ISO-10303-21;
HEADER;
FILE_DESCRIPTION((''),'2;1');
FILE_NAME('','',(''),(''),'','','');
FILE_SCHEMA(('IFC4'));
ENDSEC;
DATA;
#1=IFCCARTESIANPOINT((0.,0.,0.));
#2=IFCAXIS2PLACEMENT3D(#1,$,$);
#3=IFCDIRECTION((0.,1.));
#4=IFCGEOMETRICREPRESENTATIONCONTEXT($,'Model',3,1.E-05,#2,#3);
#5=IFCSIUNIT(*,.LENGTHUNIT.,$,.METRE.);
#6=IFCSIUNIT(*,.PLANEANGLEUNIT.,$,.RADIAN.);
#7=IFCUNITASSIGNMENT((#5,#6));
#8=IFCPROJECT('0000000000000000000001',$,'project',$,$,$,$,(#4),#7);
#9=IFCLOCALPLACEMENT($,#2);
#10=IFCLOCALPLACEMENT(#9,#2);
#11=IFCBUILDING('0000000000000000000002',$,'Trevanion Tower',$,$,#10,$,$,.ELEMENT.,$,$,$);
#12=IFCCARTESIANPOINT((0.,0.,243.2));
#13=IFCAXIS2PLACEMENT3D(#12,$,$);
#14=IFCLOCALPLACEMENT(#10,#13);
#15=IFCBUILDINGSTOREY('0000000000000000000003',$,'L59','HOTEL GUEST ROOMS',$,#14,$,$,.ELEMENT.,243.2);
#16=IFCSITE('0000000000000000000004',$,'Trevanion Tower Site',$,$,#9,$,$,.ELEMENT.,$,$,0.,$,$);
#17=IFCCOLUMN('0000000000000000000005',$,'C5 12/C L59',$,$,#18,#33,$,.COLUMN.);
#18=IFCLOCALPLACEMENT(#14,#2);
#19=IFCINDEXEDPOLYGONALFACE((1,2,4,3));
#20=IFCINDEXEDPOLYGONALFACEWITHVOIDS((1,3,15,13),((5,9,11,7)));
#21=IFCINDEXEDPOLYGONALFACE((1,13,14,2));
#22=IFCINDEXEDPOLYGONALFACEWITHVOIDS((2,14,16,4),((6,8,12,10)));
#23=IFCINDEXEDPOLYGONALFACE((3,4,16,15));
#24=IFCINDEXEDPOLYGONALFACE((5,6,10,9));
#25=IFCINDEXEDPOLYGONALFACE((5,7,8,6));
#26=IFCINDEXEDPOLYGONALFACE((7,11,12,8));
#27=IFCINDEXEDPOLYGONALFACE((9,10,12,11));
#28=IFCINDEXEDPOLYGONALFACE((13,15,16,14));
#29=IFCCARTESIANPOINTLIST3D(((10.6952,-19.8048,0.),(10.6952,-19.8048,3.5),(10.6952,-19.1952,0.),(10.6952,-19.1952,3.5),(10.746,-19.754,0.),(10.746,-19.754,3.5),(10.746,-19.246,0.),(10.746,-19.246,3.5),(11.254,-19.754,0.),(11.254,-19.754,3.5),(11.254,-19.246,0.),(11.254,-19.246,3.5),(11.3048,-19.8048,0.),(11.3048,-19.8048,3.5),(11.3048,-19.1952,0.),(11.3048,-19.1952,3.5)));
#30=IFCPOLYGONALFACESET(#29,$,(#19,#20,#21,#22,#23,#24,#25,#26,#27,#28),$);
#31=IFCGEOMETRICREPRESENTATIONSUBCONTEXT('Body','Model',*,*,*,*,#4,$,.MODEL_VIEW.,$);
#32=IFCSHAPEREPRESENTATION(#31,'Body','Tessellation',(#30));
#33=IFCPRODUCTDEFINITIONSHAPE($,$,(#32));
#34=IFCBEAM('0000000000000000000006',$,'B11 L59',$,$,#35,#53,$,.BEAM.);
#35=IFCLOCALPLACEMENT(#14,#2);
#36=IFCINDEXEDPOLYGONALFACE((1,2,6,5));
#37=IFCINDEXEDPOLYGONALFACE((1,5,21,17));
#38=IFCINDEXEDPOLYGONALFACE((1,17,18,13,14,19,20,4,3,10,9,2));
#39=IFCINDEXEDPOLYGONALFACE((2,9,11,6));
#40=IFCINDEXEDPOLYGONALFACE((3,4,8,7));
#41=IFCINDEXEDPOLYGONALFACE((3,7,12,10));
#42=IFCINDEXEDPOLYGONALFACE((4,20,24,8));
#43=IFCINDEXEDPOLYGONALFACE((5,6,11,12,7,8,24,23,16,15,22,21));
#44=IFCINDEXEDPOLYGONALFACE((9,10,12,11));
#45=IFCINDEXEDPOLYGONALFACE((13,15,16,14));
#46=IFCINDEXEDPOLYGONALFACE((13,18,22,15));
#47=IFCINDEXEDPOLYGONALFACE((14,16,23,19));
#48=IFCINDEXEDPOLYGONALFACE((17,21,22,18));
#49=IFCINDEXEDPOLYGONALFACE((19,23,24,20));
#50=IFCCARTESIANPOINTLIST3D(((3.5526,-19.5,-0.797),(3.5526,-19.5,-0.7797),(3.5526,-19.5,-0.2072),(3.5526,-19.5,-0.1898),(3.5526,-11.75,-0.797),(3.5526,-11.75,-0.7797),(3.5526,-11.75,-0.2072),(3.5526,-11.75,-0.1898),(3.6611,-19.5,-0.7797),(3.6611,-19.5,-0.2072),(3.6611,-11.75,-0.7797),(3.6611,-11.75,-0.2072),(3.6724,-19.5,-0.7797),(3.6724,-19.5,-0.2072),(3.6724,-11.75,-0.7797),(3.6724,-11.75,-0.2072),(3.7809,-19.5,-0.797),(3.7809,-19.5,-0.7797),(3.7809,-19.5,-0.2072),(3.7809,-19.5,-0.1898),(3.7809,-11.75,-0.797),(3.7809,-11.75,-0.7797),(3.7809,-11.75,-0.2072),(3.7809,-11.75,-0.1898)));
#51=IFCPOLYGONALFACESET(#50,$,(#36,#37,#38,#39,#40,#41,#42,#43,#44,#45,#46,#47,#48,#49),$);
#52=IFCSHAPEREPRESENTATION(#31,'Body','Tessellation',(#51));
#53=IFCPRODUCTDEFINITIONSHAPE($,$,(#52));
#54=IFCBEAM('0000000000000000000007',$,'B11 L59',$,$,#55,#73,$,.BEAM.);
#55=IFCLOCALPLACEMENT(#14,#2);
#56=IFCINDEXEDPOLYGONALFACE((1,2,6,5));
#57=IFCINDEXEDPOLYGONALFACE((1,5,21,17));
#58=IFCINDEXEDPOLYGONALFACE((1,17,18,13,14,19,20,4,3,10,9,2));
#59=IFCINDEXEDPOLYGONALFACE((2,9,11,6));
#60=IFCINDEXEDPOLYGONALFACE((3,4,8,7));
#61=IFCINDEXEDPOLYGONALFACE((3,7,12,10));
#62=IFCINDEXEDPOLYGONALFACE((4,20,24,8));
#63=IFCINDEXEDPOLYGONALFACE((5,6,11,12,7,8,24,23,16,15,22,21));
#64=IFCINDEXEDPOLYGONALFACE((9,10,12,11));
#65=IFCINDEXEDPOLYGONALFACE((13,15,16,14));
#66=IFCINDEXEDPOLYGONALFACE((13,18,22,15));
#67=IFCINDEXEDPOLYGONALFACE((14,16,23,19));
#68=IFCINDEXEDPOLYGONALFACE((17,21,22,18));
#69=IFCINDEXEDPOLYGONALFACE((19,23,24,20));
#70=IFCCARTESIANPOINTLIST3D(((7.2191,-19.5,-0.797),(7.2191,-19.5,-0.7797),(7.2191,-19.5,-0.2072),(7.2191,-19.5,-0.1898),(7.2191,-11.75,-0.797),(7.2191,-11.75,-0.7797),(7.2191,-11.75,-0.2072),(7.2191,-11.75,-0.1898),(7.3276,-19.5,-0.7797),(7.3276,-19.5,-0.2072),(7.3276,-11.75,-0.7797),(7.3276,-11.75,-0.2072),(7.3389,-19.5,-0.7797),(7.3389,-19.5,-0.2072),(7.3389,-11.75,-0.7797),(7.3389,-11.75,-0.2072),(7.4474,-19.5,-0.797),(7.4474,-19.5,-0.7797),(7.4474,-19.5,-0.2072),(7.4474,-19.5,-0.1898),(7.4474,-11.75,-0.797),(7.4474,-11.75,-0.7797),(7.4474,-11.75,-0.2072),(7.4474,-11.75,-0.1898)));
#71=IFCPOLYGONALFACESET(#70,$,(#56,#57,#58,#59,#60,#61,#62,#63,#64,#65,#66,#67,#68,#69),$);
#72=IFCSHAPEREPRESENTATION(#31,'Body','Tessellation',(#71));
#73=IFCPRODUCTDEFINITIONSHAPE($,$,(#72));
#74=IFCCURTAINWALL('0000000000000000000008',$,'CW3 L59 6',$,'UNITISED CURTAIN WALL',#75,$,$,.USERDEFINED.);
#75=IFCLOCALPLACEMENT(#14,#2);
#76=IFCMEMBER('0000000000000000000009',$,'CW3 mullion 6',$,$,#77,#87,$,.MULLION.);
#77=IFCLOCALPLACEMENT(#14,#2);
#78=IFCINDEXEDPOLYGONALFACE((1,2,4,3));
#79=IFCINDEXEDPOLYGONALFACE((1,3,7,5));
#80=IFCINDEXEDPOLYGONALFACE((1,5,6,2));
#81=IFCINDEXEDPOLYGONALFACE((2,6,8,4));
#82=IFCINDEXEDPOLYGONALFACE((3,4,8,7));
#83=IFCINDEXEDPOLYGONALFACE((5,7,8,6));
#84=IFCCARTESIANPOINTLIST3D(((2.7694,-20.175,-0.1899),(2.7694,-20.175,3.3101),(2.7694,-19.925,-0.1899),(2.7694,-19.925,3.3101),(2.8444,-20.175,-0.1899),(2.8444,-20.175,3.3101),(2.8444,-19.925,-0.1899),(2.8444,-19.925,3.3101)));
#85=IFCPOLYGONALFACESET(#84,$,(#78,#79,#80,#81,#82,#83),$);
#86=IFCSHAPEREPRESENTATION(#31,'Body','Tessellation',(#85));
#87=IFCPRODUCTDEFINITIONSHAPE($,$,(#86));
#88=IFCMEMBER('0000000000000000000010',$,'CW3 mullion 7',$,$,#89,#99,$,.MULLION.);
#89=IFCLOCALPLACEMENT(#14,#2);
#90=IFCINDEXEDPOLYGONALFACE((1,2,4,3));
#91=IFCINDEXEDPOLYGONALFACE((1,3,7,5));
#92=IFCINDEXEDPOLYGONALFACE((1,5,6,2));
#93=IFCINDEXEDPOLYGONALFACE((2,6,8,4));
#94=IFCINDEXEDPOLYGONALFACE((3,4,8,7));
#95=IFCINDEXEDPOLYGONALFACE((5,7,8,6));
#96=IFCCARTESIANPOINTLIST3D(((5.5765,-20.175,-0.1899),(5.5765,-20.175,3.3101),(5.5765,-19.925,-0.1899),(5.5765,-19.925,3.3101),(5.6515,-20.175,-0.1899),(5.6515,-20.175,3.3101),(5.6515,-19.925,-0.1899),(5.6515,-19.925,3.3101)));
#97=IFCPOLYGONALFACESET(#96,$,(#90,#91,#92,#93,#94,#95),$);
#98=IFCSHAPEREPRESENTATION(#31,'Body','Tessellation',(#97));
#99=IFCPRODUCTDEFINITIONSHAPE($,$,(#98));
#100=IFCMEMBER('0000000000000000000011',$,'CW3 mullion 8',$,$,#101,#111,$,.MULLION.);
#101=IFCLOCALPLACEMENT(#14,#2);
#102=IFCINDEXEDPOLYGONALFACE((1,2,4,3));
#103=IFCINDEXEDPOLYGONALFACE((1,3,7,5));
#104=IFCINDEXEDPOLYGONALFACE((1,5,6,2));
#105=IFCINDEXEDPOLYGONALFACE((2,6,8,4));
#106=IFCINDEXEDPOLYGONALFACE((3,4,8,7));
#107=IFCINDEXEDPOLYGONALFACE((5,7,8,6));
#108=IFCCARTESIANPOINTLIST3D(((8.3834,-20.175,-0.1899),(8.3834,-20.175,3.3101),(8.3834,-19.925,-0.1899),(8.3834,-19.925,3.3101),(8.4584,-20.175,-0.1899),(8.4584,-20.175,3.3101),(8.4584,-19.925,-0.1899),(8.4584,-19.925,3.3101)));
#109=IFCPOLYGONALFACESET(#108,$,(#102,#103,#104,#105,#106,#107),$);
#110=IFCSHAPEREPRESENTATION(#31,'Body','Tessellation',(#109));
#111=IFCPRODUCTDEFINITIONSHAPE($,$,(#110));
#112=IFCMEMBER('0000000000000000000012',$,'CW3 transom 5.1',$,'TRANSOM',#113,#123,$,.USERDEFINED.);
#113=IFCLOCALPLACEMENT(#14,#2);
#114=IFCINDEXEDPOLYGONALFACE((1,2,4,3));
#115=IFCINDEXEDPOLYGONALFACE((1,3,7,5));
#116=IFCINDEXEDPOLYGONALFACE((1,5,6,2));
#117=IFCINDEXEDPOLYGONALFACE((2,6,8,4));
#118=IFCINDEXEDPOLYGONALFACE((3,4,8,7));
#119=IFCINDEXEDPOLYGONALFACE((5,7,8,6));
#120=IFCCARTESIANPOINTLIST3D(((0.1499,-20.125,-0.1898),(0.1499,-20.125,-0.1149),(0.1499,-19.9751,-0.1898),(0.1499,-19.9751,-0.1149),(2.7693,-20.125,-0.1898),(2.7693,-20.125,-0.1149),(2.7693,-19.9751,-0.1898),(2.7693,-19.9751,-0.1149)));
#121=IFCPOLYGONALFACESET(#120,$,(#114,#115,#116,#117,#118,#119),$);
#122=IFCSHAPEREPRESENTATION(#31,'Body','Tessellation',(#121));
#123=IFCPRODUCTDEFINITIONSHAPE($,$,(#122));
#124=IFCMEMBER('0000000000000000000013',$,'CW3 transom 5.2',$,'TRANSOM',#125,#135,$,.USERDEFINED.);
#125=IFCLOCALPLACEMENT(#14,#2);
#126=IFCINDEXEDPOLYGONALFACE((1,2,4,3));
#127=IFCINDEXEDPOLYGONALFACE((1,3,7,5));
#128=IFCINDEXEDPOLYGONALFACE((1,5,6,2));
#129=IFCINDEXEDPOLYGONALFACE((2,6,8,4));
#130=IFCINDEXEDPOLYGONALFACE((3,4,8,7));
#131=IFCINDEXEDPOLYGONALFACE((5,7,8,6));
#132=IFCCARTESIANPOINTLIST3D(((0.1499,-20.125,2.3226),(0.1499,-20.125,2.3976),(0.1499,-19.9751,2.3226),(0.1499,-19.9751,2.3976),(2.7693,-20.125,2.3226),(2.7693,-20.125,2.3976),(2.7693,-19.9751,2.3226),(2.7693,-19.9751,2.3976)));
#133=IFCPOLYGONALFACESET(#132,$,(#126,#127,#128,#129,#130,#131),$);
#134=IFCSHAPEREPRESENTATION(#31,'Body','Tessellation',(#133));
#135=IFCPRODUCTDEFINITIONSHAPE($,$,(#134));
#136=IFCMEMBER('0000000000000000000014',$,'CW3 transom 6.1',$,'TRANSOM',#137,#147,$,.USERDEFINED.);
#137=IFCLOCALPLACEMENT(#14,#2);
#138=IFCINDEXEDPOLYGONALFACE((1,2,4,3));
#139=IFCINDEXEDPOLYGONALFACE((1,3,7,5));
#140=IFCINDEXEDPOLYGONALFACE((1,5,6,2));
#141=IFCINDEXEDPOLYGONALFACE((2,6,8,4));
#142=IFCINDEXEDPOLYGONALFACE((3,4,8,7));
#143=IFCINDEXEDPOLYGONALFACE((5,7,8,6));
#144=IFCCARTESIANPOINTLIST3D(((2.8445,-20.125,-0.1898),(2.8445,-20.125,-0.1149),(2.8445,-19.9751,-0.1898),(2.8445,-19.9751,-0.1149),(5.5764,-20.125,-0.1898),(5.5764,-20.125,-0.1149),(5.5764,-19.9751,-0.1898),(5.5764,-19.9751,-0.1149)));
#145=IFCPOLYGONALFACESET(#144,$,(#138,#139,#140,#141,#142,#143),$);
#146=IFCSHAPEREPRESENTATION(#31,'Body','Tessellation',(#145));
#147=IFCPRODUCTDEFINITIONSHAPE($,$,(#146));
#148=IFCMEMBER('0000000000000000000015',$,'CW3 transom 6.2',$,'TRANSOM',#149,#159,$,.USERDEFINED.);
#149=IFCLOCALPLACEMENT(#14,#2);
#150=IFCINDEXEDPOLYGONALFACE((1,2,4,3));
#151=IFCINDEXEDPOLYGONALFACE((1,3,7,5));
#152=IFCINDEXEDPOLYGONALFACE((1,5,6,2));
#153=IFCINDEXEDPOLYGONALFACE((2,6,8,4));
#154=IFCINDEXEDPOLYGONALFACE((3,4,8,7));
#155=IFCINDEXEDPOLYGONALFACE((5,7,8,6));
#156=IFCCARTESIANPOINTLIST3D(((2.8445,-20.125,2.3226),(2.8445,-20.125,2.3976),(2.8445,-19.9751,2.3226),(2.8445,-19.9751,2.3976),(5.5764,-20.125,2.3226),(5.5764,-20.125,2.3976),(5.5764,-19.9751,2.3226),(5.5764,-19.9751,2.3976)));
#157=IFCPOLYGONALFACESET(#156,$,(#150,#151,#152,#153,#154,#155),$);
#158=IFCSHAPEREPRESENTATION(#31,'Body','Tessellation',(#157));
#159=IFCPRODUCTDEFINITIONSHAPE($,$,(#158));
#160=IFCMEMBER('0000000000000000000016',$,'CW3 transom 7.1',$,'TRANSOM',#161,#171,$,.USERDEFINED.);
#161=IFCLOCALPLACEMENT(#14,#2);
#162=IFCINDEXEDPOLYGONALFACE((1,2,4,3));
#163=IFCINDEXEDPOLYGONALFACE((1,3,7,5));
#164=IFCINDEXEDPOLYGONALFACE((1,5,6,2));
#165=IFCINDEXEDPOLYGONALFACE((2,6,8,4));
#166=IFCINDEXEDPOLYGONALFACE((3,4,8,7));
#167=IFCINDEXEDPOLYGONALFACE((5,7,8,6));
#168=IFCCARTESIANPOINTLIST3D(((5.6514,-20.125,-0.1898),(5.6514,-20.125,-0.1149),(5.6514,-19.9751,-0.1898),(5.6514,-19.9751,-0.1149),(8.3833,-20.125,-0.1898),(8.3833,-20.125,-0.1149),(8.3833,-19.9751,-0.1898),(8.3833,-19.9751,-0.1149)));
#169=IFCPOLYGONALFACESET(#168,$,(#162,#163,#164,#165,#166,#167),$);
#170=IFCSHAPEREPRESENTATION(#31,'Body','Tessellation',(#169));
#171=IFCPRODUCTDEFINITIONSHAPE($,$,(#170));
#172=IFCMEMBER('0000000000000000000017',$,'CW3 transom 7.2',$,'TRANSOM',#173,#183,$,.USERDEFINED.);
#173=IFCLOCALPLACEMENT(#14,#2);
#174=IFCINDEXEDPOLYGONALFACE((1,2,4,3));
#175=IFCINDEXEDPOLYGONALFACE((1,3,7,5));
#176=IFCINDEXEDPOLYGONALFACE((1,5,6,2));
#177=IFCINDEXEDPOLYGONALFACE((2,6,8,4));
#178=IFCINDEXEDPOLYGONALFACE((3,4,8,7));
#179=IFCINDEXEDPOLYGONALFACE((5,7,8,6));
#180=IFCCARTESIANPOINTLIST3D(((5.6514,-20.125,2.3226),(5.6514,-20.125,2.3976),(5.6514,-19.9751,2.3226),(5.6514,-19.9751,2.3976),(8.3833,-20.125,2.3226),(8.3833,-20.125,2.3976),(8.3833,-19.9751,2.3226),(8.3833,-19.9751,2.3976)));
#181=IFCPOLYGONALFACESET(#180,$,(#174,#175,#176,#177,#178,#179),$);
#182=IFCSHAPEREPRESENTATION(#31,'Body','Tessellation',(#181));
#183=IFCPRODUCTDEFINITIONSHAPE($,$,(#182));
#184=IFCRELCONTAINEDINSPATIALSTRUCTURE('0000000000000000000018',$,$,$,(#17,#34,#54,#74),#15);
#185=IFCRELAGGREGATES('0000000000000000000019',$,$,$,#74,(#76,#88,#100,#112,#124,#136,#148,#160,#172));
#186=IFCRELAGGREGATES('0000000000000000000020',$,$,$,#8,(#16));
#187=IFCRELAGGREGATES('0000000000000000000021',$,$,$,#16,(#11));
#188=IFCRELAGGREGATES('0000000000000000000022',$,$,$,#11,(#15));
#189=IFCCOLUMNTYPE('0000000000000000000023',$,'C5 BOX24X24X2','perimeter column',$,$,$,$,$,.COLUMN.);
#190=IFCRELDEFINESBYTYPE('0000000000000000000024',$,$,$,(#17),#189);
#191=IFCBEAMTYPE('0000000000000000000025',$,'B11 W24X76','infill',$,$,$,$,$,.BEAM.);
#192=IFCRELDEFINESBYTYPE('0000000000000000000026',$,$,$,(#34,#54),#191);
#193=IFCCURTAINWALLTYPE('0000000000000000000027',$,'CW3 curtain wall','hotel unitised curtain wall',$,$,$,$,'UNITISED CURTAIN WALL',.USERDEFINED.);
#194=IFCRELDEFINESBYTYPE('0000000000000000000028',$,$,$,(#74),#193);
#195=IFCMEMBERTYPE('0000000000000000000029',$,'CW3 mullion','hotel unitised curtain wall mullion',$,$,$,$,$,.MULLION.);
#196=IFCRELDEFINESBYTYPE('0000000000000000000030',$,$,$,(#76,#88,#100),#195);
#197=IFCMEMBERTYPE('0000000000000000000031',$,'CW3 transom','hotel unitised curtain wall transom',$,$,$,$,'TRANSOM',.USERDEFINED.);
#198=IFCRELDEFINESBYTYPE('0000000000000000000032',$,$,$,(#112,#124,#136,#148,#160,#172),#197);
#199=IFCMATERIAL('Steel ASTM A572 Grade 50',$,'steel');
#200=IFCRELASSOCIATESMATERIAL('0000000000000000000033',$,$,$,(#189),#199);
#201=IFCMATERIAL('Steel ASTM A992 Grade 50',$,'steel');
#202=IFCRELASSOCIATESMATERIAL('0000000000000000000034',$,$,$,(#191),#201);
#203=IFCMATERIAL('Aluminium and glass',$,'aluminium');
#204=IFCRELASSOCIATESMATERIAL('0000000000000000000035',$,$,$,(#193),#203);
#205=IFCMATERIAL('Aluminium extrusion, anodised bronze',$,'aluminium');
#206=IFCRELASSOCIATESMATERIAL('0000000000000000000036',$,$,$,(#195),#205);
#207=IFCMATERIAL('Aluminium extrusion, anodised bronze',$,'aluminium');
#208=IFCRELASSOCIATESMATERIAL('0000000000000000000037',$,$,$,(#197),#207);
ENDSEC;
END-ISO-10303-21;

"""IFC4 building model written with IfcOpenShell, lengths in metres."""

from ifc_helpers import new_model, si_unit, direction, frame, origin, origin_2d, place, context, subcontext, project, spatial, rectangle, hollow_rectangle, i_section, extrude, material, material_profile, profile_set, type_object, element, aggregate, save


model = new_model("IFC4")

# Units and contexts
model_context = context("Model", 3, precision=1e-05, world=origin(), true_north=direction((0.0, 1.0)))
body_context = subcontext(model_context, "Body", "Model", "MODEL_VIEW")
ifc_project = project(units=[si_unit("LENGTHUNIT", "METRE"), si_unit("PLANEANGLEUNIT", "RADIAN")], contexts=[model_context])

# Site, building, storey
site_placement = place(None, origin())
site = spatial("IfcSite", under=ifc_project, at=site_placement, Name="Trevanion Tower Site", CompositionType="ELEMENT", RefElevation=0.0)
building_placement = place(site_placement, origin())
building = spatial("IfcBuilding", under=site, at=building_placement, Name="Trevanion Tower", CompositionType="ELEMENT")
storey_placement = place(building_placement, frame((0.0, 0.0, 243.2)))
storey = spatial("IfcBuildingStorey", under=building, at=storey_placement, Name="L59", Description="HOTEL GUEST ROOMS", CompositionType="ELEMENT", Elevation=243.2)

# Column
ifc_material_1 = material(Name="Steel ASTM A572 Grade 50", Category="steel")
ifc_material_profile_1 = material_profile(ifc_material_1, hollow_rectangle(XDim=0.6096, YDim=0.6096, WallThickness=0.0508, at=origin_2d()), Name="BOX24X24X2")
ifc_profile_set_1 = profile_set([ifc_material_profile_1], Name="Steel ASTM A572 Grade 50")
column_type = type_object("IfcColumnType", Name="C5 BOX24X24X2", Description="perimeter column", PredefinedType="COLUMN", material=ifc_profile_set_1)
column_placement = place(storey_placement, frame((11.0, -19.5, 0.0), z_axis=(0.0, 0.0, 1.0), x_axis=(1.0, 0.0, 0.0)))
element("IfcColumn", 1, at=column_placement, inside=storey, type_object=column_type, Name="C5 12/C L59", PredefinedType="COLUMN", context=body_context, shape_type="SweptSolid", body=[
    extrude(hollow_rectangle(XDim=0.6096, YDim=0.6096, WallThickness=0.0508, at=origin_2d()), origin(), (0.0, 0.0, 1.0), 3.5),
])

# Beams
ifc_material_2 = material(Name="Steel ASTM A992 Grade 50", Category="steel")
ifc_material_profile_2 = material_profile(ifc_material_2, i_section(OverallWidth=0.2283, OverallDepth=0.6072, WebThickness=0.0112, FlangeThickness=0.0173, at=origin_2d()), Name="W24X76")
ifc_profile_set_2 = profile_set([ifc_material_profile_2], Name="Steel ASTM A992 Grade 50")
beam_type = type_object("IfcBeamType", Name="B11 W24X76", Description="infill", PredefinedType="BEAM", material=ifc_profile_set_2)
for number, where, z_axis, x_axis, name in (
    (2, (3.6667, -11.75, -0.4934), (0.0, -1.0, 0.0), (1.0, 0.0, 0.0), "B11 L59"),
    (3, (7.3333, -11.75, -0.4934), (0.0, -1.0, 0.0), (1.0, 0.0, 0.0), "B11 L59"),
):
    element("IfcBeam", number, at=place(storey_placement, frame(where, z_axis=z_axis, x_axis=x_axis)), inside=storey, type_object=beam_type, Name=name, PredefinedType="BEAM", context=body_context, shape_type="SweptSolid", body=[
        extrude(i_section(OverallWidth=0.2283, OverallDepth=0.6072, WebThickness=0.0112, FlangeThickness=0.0173, at=origin_2d()), origin(), (0.0, 0.0, 1.0), 7.75),
    ])

# Curtain wall, members
ifc_material_3 = material(Name="Aluminium and glass", Category="aluminium")
curtain_wall_type = type_object("IfcCurtainWallType", Name="CW3 curtain wall", Description="hotel unitised curtain wall", ElementType="UNITISED CURTAIN WALL", PredefinedType="USERDEFINED", material=ifc_material_3)
curtain_wall_placement = place(storey_placement, origin())
curtain_wall = element("IfcCurtainWall", 4, at=curtain_wall_placement, inside=storey, type_object=curtain_wall_type, Name="CW3 L59 6", ObjectType="UNITISED CURTAIN WALL", PredefinedType="USERDEFINED")
ifc_material_4 = material(Name="Aluminium extrusion, anodised bronze", Category="aluminium")
ifc_material_profile_3 = material_profile(ifc_material_4, rectangle(XDim=0.075, YDim=0.25, at=origin_2d()), Name="CW3 mullion")
ifc_profile_set_3 = profile_set([ifc_material_profile_3], Name="Aluminium extrusion, anodised bronze")
member_type_1 = type_object("IfcMemberType", Name="CW3 mullion", Description="hotel unitised curtain wall mullion", PredefinedType="MULLION", material=ifc_profile_set_3)
member_1_placement = place(storey_placement, frame((2.8069, -20.05, -0.1899), z_axis=(0.0, 0.0, 1.0), x_axis=(1.0, 0.0, 0.0)))
member_1 = element("IfcMember", 5, at=member_1_placement, type_object=member_type_1, Name="CW3 mullion 6", PredefinedType="MULLION", context=body_context, shape_type="SweptSolid", body=[
    extrude(rectangle(XDim=0.075, YDim=0.25, at=origin_2d()), origin(), (0.0, 0.0, 1.0), 3.5),
])
member_2_placement = place(storey_placement, frame((5.614, -20.05, -0.1899), z_axis=(0.0, 0.0, 1.0), x_axis=(1.0, 0.0, 0.0)))
member_2 = element("IfcMember", 6, at=member_2_placement, type_object=member_type_1, Name="CW3 mullion 7", PredefinedType="MULLION", context=body_context, shape_type="SweptSolid", body=[
    extrude(rectangle(XDim=0.075, YDim=0.25, at=origin_2d()), origin(), (0.0, 0.0, 1.0), 3.5),
])
member_3_placement = place(storey_placement, frame((8.4209, -20.05, -0.1899), z_axis=(0.0, 0.0, 1.0), x_axis=(1.0, 0.0, 0.0)))
member_3 = element("IfcMember", 7, at=member_3_placement, type_object=member_type_1, Name="CW3 mullion 8", PredefinedType="MULLION", context=body_context, shape_type="SweptSolid", body=[
    extrude(rectangle(XDim=0.075, YDim=0.25, at=origin_2d()), origin(), (0.0, 0.0, 1.0), 3.5),
])
ifc_material_5 = material(Name="Aluminium extrusion, anodised bronze", Category="aluminium")
ifc_material_profile_4 = material_profile(ifc_material_5, rectangle(XDim=0.1499, YDim=0.075, at=origin_2d()), Name="CW3 transom")
ifc_profile_set_4 = profile_set([ifc_material_profile_4], Name="Aluminium extrusion, anodised bronze")
member_type_2 = type_object("IfcMemberType", Name="CW3 transom", Description="hotel unitised curtain wall transom", ElementType="TRANSOM", PredefinedType="USERDEFINED", material=ifc_profile_set_4)
member_4_placement = place(storey_placement, frame((0.1499, -20.05, -0.1523), z_axis=(1.0, 0.0, 0.0), x_axis=(0.0, 1.0, 0.0)))
member_4 = element("IfcMember", 8, at=member_4_placement, type_object=member_type_2, Name="CW3 transom 5.1", ObjectType="TRANSOM", PredefinedType="USERDEFINED", context=body_context, shape_type="SweptSolid", body=[
    extrude(rectangle(XDim=0.1499, YDim=0.075, at=origin_2d()), origin(), (0.0, 0.0, 1.0), 2.6194),
])
member_5_placement = place(storey_placement, frame((0.1499, -20.05, 2.3601), z_axis=(1.0, 0.0, 0.0), x_axis=(0.0, 1.0, 0.0)))
member_5 = element("IfcMember", 9, at=member_5_placement, type_object=member_type_2, Name="CW3 transom 5.2", ObjectType="TRANSOM", PredefinedType="USERDEFINED", context=body_context, shape_type="SweptSolid", body=[
    extrude(rectangle(XDim=0.1499, YDim=0.075, at=origin_2d()), origin(), (0.0, 0.0, 1.0), 2.6194),
])
member_6_placement = place(storey_placement, frame((2.8445, -20.05, -0.1523), z_axis=(1.0, 0.0, 0.0), x_axis=(0.0, 1.0, 0.0)))
member_6 = element("IfcMember", 10, at=member_6_placement, type_object=member_type_2, Name="CW3 transom 6.1", ObjectType="TRANSOM", PredefinedType="USERDEFINED", context=body_context, shape_type="SweptSolid", body=[
    extrude(rectangle(XDim=0.1499, YDim=0.075, at=origin_2d()), origin(), (0.0, 0.0, 1.0), 2.7319),
])
member_7_placement = place(storey_placement, frame((2.8445, -20.05, 2.3601), z_axis=(1.0, 0.0, 0.0), x_axis=(0.0, 1.0, 0.0)))
member_7 = element("IfcMember", 11, at=member_7_placement, type_object=member_type_2, Name="CW3 transom 6.2", ObjectType="TRANSOM", PredefinedType="USERDEFINED", context=body_context, shape_type="SweptSolid", body=[
    extrude(rectangle(XDim=0.1499, YDim=0.075, at=origin_2d()), origin(), (0.0, 0.0, 1.0), 2.7319),
])
member_8_placement = place(storey_placement, frame((5.6514, -20.05, -0.1523), z_axis=(1.0, 0.0, 0.0), x_axis=(0.0, 1.0, 0.0)))
member_8 = element("IfcMember", 12, at=member_8_placement, type_object=member_type_2, Name="CW3 transom 7.1", ObjectType="TRANSOM", PredefinedType="USERDEFINED", context=body_context, shape_type="SweptSolid", body=[
    extrude(rectangle(XDim=0.1499, YDim=0.075, at=origin_2d()), origin(), (0.0, 0.0, 1.0), 2.7319),
])
member_9_placement = place(storey_placement, frame((5.6514, -20.05, 2.3601), z_axis=(1.0, 0.0, 0.0), x_axis=(0.0, 1.0, 0.0)))
member_9 = element("IfcMember", 13, at=member_9_placement, type_object=member_type_2, Name="CW3 transom 7.2", ObjectType="TRANSOM", PredefinedType="USERDEFINED", context=body_context, shape_type="SweptSolid", body=[
    extrude(rectangle(XDim=0.1499, YDim=0.075, at=origin_2d()), origin(), (0.0, 0.0, 1.0), 2.7319),
])
aggregate(curtain_wall, [member_1, member_2, member_3, member_4, member_5, member_6, member_7, member_8, member_9])

save(model, "model.ifc")
